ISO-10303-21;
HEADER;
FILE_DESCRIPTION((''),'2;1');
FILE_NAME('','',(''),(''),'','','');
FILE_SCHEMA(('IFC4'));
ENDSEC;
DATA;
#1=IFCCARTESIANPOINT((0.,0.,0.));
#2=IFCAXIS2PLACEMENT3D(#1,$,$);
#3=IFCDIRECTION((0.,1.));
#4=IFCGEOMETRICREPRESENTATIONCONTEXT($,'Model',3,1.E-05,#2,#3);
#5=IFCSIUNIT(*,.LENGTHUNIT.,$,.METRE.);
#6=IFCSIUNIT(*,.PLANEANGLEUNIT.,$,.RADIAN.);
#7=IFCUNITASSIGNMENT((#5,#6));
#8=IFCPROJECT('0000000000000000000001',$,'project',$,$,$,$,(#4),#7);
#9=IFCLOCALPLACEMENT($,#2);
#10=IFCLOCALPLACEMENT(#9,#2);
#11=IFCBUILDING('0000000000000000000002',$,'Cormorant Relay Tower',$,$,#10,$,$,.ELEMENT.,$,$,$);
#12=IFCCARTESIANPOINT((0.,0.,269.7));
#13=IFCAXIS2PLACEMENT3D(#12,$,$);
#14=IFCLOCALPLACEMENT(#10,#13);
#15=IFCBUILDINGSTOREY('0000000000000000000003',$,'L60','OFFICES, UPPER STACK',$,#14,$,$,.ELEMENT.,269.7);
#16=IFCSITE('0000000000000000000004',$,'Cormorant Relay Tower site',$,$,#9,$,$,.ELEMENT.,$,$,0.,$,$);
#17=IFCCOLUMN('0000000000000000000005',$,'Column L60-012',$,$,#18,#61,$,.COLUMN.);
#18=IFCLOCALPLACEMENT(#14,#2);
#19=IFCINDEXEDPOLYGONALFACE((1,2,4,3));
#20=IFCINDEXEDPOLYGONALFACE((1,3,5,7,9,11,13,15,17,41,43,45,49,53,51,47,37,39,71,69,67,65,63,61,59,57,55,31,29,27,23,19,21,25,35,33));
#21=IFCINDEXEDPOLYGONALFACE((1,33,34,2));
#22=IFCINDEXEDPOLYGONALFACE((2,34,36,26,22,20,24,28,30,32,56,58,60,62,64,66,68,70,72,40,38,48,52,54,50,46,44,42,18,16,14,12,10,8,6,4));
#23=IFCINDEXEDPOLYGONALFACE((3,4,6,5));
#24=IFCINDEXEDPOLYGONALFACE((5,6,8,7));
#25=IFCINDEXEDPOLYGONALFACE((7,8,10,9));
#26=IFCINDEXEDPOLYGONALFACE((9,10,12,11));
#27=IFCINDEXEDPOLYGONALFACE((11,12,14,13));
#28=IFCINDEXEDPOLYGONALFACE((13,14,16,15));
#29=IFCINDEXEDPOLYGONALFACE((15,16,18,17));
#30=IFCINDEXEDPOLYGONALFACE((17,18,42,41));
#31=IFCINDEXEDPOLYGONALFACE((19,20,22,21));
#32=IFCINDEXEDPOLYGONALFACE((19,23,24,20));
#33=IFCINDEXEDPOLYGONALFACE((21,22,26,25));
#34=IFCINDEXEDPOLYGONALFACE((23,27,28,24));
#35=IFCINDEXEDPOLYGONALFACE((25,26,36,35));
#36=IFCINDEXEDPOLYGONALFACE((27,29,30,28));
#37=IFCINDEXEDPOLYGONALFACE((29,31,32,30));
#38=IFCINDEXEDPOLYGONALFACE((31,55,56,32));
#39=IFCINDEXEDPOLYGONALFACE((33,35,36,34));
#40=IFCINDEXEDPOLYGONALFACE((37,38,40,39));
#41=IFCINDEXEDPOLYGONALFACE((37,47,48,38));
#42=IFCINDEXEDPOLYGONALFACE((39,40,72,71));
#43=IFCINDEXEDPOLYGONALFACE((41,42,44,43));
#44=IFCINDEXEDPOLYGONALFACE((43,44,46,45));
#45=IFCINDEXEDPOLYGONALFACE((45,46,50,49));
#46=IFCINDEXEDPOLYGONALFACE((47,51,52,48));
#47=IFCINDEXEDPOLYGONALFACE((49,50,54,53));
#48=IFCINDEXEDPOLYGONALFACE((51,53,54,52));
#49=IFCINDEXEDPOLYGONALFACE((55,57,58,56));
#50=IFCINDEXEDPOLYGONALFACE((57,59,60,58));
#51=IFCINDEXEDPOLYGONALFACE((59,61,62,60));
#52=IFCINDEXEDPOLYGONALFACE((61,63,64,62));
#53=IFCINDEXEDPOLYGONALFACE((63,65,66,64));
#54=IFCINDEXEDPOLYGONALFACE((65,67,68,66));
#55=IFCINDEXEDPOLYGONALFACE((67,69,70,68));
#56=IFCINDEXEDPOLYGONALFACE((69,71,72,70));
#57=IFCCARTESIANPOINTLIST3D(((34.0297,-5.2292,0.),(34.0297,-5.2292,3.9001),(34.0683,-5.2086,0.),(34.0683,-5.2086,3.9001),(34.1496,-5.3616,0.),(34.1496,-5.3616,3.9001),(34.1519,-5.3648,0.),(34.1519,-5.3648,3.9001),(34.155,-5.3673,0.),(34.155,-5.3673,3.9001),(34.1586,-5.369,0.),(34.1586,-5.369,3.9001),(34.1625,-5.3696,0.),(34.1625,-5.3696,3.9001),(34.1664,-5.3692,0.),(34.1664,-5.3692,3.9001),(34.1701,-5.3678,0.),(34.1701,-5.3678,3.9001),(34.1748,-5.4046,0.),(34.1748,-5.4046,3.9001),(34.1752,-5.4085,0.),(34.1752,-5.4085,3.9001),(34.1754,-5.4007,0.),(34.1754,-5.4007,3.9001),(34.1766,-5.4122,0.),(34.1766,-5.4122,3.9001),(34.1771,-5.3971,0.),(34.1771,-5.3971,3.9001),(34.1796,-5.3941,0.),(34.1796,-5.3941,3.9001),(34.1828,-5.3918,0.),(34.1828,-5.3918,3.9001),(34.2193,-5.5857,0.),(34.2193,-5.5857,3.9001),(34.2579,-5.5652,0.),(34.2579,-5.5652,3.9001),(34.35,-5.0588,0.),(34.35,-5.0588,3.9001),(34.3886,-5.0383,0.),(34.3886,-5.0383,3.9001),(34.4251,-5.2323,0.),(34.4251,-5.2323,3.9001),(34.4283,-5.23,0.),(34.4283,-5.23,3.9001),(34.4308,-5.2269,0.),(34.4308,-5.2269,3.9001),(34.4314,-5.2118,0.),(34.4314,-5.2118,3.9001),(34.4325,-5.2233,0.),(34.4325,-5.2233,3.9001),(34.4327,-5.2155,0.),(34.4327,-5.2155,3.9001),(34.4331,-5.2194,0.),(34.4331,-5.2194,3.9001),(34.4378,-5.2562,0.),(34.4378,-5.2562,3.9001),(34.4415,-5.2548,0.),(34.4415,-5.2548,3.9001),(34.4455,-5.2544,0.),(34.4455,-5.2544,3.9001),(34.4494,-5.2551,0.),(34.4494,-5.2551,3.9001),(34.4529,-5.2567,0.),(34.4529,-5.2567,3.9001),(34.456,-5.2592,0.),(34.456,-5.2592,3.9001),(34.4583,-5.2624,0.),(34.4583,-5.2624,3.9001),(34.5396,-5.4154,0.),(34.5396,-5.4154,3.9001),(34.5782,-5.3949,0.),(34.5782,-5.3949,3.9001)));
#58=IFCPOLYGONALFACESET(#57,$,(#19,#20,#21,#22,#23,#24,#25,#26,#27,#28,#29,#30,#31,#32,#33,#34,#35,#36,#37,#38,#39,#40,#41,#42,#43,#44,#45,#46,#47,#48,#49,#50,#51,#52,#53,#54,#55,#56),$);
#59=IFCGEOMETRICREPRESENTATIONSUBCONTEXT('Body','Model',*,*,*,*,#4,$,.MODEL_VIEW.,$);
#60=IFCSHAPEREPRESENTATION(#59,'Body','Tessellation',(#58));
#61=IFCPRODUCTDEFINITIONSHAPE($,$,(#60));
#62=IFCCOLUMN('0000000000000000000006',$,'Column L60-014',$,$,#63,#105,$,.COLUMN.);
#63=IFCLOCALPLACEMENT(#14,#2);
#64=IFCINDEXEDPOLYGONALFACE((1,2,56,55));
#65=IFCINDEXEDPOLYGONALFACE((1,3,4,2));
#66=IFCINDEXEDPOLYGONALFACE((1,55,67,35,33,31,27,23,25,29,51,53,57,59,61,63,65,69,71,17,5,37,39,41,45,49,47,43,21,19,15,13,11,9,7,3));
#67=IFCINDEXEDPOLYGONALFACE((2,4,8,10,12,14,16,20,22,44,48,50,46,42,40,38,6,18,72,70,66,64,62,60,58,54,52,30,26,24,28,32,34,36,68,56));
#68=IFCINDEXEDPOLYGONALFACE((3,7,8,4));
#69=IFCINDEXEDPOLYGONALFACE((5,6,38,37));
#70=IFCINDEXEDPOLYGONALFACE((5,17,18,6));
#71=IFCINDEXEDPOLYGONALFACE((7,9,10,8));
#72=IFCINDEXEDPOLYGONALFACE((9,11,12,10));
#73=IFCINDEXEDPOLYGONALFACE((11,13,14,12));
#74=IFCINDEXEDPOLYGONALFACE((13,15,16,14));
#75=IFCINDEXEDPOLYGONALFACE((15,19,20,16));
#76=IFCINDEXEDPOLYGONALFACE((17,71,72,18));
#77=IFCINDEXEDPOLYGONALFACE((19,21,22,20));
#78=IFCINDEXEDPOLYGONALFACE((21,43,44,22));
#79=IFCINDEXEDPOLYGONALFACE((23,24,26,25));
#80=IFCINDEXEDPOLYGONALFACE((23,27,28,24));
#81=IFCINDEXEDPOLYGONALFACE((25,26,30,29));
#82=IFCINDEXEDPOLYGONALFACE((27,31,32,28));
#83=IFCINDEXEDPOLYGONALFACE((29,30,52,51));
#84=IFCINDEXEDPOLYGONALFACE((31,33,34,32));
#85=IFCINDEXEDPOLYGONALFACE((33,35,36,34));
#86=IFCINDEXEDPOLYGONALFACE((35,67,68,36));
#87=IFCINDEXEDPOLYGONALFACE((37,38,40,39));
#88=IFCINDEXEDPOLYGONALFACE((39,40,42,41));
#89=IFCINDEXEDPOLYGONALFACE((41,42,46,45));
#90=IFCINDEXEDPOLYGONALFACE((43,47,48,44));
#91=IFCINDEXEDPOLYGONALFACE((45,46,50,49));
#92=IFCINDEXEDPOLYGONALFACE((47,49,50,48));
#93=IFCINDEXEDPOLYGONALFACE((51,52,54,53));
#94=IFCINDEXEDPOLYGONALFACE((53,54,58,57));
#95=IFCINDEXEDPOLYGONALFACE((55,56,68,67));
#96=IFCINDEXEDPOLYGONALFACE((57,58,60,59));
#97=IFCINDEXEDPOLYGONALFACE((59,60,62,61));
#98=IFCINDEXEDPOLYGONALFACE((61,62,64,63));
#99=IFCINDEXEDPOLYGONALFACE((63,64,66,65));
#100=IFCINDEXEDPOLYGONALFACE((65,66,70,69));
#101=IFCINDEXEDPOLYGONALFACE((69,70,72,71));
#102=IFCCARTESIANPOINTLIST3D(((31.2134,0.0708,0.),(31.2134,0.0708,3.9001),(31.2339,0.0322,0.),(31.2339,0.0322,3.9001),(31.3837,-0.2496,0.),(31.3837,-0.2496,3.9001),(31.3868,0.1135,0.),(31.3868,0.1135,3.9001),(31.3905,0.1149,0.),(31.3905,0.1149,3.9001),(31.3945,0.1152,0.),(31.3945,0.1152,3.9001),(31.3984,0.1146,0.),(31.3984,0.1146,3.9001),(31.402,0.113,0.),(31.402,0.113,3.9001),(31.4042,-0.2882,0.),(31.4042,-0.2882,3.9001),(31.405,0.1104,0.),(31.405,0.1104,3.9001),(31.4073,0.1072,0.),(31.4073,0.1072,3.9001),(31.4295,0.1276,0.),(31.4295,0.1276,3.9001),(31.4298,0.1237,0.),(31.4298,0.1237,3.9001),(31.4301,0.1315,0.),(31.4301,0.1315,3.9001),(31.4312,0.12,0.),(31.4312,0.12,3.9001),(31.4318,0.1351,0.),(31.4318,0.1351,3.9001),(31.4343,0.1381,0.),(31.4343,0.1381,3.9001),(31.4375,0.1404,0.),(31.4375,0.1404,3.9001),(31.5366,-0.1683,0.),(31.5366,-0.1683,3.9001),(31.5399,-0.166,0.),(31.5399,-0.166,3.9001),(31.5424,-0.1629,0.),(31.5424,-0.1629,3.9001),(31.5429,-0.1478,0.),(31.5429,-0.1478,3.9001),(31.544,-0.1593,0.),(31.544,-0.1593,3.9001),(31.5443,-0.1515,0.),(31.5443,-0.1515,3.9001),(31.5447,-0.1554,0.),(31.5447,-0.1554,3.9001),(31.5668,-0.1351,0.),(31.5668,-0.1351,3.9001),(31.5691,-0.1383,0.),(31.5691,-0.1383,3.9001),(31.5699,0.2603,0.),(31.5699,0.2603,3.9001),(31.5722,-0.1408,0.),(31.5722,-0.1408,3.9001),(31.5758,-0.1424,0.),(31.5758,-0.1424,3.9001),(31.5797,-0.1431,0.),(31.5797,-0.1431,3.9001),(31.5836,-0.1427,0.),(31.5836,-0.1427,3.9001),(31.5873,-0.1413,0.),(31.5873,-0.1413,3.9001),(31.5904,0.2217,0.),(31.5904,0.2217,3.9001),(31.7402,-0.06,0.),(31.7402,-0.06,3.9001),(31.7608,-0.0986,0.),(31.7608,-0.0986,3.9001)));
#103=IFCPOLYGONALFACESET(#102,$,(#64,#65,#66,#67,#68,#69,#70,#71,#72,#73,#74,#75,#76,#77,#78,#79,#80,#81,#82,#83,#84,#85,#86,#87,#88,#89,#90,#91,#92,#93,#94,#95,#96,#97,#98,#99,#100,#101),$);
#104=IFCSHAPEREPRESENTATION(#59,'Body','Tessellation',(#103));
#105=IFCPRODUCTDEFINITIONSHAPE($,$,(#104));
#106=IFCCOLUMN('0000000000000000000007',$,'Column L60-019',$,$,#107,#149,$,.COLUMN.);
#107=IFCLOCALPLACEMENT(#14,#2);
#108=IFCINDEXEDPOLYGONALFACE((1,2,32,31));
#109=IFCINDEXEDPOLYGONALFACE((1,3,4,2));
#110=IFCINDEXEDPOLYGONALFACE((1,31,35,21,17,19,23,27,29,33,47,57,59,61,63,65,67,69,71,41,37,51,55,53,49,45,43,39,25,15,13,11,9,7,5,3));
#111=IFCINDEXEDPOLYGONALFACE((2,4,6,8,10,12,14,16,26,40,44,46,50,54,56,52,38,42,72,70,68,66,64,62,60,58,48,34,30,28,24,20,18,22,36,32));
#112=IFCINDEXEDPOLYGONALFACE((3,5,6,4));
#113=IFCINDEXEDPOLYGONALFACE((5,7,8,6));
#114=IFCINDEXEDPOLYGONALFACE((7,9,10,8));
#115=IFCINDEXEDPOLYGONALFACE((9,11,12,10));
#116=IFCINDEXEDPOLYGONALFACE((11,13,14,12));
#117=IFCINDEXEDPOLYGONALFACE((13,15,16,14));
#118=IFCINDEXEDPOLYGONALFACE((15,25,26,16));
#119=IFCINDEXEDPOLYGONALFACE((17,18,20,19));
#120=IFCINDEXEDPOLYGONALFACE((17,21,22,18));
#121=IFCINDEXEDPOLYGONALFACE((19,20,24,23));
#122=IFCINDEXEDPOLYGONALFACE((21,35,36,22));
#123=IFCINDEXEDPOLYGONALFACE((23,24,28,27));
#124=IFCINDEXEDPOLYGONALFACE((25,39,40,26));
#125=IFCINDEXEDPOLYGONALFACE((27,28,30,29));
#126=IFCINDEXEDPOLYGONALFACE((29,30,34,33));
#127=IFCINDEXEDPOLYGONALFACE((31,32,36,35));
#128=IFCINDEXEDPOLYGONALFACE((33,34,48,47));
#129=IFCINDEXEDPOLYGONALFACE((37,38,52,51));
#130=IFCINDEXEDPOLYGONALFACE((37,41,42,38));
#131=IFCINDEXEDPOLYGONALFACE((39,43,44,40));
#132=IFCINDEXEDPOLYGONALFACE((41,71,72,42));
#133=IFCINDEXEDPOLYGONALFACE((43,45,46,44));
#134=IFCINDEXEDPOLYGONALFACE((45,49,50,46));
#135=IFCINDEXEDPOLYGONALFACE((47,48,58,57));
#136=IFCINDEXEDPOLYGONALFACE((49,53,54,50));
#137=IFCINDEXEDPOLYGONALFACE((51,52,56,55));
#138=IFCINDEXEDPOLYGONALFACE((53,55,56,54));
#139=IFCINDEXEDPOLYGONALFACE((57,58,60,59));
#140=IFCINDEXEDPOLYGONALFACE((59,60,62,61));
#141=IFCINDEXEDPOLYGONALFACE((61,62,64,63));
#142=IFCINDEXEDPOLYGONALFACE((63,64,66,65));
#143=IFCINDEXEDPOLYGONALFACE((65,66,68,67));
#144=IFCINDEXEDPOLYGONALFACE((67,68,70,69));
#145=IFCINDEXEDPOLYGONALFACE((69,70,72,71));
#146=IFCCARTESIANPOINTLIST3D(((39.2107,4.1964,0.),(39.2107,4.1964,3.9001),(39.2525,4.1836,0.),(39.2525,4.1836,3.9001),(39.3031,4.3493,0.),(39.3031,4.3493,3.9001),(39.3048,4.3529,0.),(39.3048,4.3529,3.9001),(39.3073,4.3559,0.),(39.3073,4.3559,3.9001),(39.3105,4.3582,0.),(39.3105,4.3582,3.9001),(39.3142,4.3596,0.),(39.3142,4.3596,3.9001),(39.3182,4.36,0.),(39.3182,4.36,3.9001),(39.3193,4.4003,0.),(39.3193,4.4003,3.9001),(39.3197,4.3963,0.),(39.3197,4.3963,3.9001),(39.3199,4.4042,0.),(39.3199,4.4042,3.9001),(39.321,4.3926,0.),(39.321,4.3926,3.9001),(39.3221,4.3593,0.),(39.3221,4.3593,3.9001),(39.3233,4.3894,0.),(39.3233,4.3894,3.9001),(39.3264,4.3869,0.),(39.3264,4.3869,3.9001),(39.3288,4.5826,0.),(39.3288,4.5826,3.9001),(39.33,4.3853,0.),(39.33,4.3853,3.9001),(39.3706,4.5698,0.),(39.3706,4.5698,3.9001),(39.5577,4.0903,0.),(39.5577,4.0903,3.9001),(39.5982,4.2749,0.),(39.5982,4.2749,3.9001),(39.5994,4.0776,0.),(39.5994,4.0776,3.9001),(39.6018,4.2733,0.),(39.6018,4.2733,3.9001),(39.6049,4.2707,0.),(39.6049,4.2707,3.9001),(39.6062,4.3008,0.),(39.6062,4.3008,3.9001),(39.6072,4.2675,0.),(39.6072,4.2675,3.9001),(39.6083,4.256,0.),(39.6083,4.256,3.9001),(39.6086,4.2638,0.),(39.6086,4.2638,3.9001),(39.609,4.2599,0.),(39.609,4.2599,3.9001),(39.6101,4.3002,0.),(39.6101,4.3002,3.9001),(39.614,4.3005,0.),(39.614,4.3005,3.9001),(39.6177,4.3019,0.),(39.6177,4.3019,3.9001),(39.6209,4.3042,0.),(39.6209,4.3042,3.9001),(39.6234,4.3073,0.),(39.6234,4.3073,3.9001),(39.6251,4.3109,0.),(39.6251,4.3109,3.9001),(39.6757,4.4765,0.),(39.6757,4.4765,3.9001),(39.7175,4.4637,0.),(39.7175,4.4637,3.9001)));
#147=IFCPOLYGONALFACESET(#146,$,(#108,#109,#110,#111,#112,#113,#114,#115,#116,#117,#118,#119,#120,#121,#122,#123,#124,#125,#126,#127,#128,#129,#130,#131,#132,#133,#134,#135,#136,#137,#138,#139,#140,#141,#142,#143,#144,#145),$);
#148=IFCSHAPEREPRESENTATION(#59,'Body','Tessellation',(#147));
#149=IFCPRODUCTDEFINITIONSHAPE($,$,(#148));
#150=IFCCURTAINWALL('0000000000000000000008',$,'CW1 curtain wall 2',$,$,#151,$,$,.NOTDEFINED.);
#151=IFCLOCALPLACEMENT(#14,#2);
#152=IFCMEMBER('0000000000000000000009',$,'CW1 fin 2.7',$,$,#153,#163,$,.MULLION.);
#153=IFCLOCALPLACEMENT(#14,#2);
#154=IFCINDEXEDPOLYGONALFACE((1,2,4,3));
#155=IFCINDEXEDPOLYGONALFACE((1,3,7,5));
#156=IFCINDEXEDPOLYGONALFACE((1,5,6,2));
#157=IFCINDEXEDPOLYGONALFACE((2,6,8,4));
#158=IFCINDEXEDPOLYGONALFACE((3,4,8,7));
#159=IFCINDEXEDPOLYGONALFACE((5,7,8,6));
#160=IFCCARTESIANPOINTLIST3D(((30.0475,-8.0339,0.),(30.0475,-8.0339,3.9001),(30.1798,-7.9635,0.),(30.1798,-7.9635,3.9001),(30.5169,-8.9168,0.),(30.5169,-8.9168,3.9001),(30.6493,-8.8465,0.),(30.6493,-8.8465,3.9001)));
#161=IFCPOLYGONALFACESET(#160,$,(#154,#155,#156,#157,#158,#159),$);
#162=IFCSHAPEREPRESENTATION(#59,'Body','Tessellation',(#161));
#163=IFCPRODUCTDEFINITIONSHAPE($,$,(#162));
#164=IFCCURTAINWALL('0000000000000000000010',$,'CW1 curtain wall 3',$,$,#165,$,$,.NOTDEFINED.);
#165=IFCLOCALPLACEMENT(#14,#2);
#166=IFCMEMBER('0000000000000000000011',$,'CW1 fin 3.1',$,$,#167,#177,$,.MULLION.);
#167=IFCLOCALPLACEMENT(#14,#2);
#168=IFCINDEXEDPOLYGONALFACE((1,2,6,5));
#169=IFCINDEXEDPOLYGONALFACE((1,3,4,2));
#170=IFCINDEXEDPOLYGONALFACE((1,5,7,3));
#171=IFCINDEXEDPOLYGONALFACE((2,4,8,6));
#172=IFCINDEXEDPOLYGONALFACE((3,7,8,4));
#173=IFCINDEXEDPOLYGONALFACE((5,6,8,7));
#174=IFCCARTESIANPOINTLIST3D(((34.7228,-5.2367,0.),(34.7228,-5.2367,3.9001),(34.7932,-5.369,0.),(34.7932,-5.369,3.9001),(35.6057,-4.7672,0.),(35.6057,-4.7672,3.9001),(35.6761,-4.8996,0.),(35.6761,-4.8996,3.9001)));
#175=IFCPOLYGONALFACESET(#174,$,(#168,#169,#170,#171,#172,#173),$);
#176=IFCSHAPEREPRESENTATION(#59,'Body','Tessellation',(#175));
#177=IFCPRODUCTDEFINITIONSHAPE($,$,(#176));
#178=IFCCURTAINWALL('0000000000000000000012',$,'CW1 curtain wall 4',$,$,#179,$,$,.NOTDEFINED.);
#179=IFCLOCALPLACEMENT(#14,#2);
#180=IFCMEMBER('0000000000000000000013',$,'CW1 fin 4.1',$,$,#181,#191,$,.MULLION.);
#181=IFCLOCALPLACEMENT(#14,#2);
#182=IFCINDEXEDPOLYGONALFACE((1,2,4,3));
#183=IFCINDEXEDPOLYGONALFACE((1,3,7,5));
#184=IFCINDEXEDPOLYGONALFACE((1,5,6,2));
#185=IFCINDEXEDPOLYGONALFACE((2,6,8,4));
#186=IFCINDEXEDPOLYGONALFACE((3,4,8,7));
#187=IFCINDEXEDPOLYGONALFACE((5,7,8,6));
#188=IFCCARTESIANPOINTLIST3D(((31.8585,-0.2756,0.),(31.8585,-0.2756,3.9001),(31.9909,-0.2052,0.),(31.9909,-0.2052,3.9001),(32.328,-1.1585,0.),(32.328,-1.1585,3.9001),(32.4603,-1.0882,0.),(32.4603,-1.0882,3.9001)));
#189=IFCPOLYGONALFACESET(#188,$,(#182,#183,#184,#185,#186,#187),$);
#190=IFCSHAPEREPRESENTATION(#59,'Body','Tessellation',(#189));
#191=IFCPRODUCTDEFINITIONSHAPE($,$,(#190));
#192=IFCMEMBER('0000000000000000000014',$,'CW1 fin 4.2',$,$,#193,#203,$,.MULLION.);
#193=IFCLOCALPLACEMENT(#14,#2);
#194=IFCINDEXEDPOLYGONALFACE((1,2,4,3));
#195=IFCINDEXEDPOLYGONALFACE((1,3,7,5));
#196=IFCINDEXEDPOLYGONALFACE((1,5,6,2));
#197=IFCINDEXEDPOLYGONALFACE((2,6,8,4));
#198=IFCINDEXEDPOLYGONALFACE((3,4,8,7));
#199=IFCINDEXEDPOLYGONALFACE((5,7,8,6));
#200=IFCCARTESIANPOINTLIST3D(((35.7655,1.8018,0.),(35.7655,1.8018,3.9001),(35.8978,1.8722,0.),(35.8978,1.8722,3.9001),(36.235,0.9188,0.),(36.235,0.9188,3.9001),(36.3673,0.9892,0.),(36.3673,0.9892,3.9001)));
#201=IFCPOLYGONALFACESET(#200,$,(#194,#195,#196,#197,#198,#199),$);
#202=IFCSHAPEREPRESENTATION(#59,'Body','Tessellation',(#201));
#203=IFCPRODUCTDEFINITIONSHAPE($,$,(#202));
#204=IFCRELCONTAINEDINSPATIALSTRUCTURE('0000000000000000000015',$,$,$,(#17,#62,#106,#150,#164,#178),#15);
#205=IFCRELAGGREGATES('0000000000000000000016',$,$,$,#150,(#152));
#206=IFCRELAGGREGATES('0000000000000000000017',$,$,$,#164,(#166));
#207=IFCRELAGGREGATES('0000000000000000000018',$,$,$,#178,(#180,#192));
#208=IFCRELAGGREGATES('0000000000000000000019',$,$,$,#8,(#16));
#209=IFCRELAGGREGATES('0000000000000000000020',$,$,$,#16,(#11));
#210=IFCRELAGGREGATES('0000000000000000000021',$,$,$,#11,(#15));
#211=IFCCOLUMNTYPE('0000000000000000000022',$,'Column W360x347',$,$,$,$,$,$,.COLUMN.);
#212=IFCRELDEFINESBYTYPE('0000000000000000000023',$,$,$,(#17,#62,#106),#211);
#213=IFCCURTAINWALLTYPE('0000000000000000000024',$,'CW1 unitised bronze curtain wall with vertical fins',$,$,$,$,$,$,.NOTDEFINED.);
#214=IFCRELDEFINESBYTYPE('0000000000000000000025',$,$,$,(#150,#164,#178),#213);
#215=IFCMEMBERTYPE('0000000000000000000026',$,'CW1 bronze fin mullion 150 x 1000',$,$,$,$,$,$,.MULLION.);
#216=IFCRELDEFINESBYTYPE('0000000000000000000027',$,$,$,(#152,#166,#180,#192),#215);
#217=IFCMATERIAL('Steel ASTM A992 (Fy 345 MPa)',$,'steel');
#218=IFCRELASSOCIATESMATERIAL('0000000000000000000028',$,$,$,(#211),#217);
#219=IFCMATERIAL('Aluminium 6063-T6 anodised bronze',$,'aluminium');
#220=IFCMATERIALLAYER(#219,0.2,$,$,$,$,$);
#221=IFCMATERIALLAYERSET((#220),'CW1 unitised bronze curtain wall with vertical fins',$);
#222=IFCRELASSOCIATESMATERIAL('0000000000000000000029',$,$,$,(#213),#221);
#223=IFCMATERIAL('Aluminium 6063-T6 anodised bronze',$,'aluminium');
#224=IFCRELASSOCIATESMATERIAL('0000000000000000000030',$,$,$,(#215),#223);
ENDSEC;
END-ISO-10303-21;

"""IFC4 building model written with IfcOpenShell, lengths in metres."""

from ifc_helpers import new_model, si_unit, direction, frame, origin, origin_2d, place, context, subcontext, project, spatial, rectangle, i_section, extrude, material, layer, layer_set, material_profile, profile_set, type_object, element, aggregate, save


model = new_model("IFC4")

# Units and contexts
model_context = context("Model", 3, precision=1e-05, world=origin(), true_north=direction((0.0, 1.0)))
body_context = subcontext(model_context, "Body", "Model", "MODEL_VIEW")
ifc_project = project(units=[si_unit("LENGTHUNIT", "METRE"), si_unit("PLANEANGLEUNIT", "RADIAN")], contexts=[model_context])

# Site, building, storey
site_placement = place(None, origin())
site = spatial("IfcSite", under=ifc_project, at=site_placement, Name="Cormorant Relay Tower site", CompositionType="ELEMENT", RefElevation=0.0)
building_placement = place(site_placement, origin())
building = spatial("IfcBuilding", under=site, at=building_placement, Name="Cormorant Relay Tower", CompositionType="ELEMENT")
storey_placement = place(building_placement, frame((0.0, 0.0, 269.7)))
storey = spatial("IfcBuildingStorey", under=building, at=storey_placement, Name="L60", Description="OFFICES, UPPER STACK", CompositionType="ELEMENT", Elevation=269.7)

# Columns
ifc_material_1 = material(Name="Steel ASTM A992 (Fy 345 MPa)", Category="steel")
ifc_material_profile_1 = material_profile(ifc_material_1, i_section(OverallWidth=0.4038, OverallDepth=0.4065, WebThickness=0.0271, FlangeThickness=0.0437, FilletRadius=0.0151, at=origin_2d()), Name="W360x347")
ifc_profile_set_1 = profile_set([ifc_material_profile_1], Name="Steel ASTM A992 (Fy 345 MPa)")
column_type = type_object("IfcColumnType", Name="Column W360x347", PredefinedType="COLUMN", material=ifc_profile_set_1)
for number, where, z_axis, x_axis, name in (
    (1, (34.304, -5.312, 0.0), (0.0, 0.0, 1.0), (-0.469472, 0.882948, 0.0), "Column L60-012"),
    (2, (31.4871, -0.0139, 0.0), (0.0, 0.0, 1.0), (0.882948, 0.469472, 0.0), "Column L60-014"),
    (3, (39.4641, 4.3301, 0.0), (0.0, 0.0, 1.0), (0.292372, 0.956305, 0.0), "Column L60-019"),
):
    element("IfcColumn", number, at=place(storey_placement, frame(where, z_axis=z_axis, x_axis=x_axis)), inside=storey, type_object=column_type, Name=name, PredefinedType="COLUMN", context=body_context, shape_type="SweptSolid", body=[
        extrude(i_section(OverallWidth=0.4038, OverallDepth=0.4065, WebThickness=0.0271, FlangeThickness=0.0437, FilletRadius=0.0151, at=origin_2d()), origin(), (0.0, 0.0, 1.0), 3.9001),
    ])

# Curtain walls, members
ifc_material_2 = material(Name="Aluminium 6063-T6 anodised bronze", Category="aluminium")
ifc_layer_1 = layer(ifc_material_2, 0.2)
ifc_layer_set_1 = layer_set([ifc_layer_1], Name="CW1 unitised bronze curtain wall with vertical fins")
curtain_wall_type = type_object("IfcCurtainWallType", Name="CW1 unitised bronze curtain wall with vertical fins", PredefinedType="NOTDEFINED", material=ifc_layer_set_1)
curtain_wall_1_placement = place(storey_placement, origin())
curtain_wall_1 = element("IfcCurtainWall", 4, at=curtain_wall_1_placement, inside=storey, type_object=curtain_wall_type, Name="CW1 curtain wall 2", PredefinedType="NOTDEFINED")
ifc_material_3 = material(Name="Aluminium 6063-T6 anodised bronze", Category="aluminium")
ifc_material_profile_2 = material_profile(ifc_material_3, rectangle(XDim=0.1499, YDim=1.0, at=origin_2d()), Name="AL 150x1000")
ifc_profile_set_2 = profile_set([ifc_material_profile_2], Name="Aluminium 6063-T6 anodised bronze")
member_type_1 = type_object("IfcMemberType", Name="CW1 bronze fin mullion 150 x 1000", PredefinedType="MULLION", material=ifc_profile_set_2)
member_1_placement = place(storey_placement, frame((30.3484, -8.4402, 0.0), z_axis=(0.0, 0.0, 1.0), x_axis=(0.882948, 0.469472, 0.0)))
member_1 = element("IfcMember", 5, at=member_1_placement, type_object=member_type_1, Name="CW1 fin 2.7", PredefinedType="MULLION", context=body_context, shape_type="SweptSolid", body=[
    extrude(rectangle(XDim=0.1499, YDim=1.0, at=origin_2d()), origin(), (0.0, 0.0, 1.0), 3.9001),
])
curtain_wall_2_placement = place(storey_placement, origin())
curtain_wall_2 = element("IfcCurtainWall", 6, at=curtain_wall_2_placement, inside=storey, type_object=curtain_wall_type, Name="CW1 curtain wall 3", PredefinedType="NOTDEFINED")
member_2_placement = place(storey_placement, frame((35.1995, -5.0681, 0.0), z_axis=(0.0, 0.0, 1.0), x_axis=(-0.469472, 0.882948, 0.0)))
member_2 = element("IfcMember", 7, at=member_2_placement, type_object=member_type_1, Name="CW1 fin 3.1", PredefinedType="MULLION", context=body_context, shape_type="SweptSolid", body=[
    extrude(rectangle(XDim=0.1499, YDim=1.0, at=origin_2d()), origin(), (0.0, 0.0, 1.0), 3.9001),
])

# Curtain wall, members
curtain_wall_3_placement = place(storey_placement, origin())
curtain_wall_3 = element("IfcCurtainWall", 8, at=curtain_wall_3_placement, inside=storey, type_object=curtain_wall_type, Name="CW1 curtain wall 4", PredefinedType="NOTDEFINED")
member_3_placement = place(storey_placement, frame((32.1594, -0.6819, 0.0), z_axis=(0.0, 0.0, 1.0), x_axis=(0.882948, 0.469472, 0.0)))
member_3 = element("IfcMember", 9, at=member_3_placement, type_object=member_type_1, Name="CW1 fin 4.1", PredefinedType="MULLION", context=body_context, shape_type="SweptSolid", body=[
    extrude(rectangle(XDim=0.1499, YDim=1.0, at=origin_2d()), origin(), (0.0, 0.0, 1.0), 3.9001),
])
member_4_placement = place(storey_placement, frame((36.0664, 1.3955, 0.0), z_axis=(0.0, 0.0, 1.0), x_axis=(0.882948, 0.469472, 0.0)))
member_4 = element("IfcMember", 10, at=member_4_placement, type_object=member_type_1, Name="CW1 fin 4.2", PredefinedType="MULLION", context=body_context, shape_type="SweptSolid", body=[
    extrude(rectangle(XDim=0.1499, YDim=1.0, at=origin_2d()), origin(), (0.0, 0.0, 1.0), 3.9001),
])

aggregate(curtain_wall_1, [member_1])
aggregate(curtain_wall_2, [member_2])
aggregate(curtain_wall_3, [member_3, member_4])

save(model, "model.ifc")
